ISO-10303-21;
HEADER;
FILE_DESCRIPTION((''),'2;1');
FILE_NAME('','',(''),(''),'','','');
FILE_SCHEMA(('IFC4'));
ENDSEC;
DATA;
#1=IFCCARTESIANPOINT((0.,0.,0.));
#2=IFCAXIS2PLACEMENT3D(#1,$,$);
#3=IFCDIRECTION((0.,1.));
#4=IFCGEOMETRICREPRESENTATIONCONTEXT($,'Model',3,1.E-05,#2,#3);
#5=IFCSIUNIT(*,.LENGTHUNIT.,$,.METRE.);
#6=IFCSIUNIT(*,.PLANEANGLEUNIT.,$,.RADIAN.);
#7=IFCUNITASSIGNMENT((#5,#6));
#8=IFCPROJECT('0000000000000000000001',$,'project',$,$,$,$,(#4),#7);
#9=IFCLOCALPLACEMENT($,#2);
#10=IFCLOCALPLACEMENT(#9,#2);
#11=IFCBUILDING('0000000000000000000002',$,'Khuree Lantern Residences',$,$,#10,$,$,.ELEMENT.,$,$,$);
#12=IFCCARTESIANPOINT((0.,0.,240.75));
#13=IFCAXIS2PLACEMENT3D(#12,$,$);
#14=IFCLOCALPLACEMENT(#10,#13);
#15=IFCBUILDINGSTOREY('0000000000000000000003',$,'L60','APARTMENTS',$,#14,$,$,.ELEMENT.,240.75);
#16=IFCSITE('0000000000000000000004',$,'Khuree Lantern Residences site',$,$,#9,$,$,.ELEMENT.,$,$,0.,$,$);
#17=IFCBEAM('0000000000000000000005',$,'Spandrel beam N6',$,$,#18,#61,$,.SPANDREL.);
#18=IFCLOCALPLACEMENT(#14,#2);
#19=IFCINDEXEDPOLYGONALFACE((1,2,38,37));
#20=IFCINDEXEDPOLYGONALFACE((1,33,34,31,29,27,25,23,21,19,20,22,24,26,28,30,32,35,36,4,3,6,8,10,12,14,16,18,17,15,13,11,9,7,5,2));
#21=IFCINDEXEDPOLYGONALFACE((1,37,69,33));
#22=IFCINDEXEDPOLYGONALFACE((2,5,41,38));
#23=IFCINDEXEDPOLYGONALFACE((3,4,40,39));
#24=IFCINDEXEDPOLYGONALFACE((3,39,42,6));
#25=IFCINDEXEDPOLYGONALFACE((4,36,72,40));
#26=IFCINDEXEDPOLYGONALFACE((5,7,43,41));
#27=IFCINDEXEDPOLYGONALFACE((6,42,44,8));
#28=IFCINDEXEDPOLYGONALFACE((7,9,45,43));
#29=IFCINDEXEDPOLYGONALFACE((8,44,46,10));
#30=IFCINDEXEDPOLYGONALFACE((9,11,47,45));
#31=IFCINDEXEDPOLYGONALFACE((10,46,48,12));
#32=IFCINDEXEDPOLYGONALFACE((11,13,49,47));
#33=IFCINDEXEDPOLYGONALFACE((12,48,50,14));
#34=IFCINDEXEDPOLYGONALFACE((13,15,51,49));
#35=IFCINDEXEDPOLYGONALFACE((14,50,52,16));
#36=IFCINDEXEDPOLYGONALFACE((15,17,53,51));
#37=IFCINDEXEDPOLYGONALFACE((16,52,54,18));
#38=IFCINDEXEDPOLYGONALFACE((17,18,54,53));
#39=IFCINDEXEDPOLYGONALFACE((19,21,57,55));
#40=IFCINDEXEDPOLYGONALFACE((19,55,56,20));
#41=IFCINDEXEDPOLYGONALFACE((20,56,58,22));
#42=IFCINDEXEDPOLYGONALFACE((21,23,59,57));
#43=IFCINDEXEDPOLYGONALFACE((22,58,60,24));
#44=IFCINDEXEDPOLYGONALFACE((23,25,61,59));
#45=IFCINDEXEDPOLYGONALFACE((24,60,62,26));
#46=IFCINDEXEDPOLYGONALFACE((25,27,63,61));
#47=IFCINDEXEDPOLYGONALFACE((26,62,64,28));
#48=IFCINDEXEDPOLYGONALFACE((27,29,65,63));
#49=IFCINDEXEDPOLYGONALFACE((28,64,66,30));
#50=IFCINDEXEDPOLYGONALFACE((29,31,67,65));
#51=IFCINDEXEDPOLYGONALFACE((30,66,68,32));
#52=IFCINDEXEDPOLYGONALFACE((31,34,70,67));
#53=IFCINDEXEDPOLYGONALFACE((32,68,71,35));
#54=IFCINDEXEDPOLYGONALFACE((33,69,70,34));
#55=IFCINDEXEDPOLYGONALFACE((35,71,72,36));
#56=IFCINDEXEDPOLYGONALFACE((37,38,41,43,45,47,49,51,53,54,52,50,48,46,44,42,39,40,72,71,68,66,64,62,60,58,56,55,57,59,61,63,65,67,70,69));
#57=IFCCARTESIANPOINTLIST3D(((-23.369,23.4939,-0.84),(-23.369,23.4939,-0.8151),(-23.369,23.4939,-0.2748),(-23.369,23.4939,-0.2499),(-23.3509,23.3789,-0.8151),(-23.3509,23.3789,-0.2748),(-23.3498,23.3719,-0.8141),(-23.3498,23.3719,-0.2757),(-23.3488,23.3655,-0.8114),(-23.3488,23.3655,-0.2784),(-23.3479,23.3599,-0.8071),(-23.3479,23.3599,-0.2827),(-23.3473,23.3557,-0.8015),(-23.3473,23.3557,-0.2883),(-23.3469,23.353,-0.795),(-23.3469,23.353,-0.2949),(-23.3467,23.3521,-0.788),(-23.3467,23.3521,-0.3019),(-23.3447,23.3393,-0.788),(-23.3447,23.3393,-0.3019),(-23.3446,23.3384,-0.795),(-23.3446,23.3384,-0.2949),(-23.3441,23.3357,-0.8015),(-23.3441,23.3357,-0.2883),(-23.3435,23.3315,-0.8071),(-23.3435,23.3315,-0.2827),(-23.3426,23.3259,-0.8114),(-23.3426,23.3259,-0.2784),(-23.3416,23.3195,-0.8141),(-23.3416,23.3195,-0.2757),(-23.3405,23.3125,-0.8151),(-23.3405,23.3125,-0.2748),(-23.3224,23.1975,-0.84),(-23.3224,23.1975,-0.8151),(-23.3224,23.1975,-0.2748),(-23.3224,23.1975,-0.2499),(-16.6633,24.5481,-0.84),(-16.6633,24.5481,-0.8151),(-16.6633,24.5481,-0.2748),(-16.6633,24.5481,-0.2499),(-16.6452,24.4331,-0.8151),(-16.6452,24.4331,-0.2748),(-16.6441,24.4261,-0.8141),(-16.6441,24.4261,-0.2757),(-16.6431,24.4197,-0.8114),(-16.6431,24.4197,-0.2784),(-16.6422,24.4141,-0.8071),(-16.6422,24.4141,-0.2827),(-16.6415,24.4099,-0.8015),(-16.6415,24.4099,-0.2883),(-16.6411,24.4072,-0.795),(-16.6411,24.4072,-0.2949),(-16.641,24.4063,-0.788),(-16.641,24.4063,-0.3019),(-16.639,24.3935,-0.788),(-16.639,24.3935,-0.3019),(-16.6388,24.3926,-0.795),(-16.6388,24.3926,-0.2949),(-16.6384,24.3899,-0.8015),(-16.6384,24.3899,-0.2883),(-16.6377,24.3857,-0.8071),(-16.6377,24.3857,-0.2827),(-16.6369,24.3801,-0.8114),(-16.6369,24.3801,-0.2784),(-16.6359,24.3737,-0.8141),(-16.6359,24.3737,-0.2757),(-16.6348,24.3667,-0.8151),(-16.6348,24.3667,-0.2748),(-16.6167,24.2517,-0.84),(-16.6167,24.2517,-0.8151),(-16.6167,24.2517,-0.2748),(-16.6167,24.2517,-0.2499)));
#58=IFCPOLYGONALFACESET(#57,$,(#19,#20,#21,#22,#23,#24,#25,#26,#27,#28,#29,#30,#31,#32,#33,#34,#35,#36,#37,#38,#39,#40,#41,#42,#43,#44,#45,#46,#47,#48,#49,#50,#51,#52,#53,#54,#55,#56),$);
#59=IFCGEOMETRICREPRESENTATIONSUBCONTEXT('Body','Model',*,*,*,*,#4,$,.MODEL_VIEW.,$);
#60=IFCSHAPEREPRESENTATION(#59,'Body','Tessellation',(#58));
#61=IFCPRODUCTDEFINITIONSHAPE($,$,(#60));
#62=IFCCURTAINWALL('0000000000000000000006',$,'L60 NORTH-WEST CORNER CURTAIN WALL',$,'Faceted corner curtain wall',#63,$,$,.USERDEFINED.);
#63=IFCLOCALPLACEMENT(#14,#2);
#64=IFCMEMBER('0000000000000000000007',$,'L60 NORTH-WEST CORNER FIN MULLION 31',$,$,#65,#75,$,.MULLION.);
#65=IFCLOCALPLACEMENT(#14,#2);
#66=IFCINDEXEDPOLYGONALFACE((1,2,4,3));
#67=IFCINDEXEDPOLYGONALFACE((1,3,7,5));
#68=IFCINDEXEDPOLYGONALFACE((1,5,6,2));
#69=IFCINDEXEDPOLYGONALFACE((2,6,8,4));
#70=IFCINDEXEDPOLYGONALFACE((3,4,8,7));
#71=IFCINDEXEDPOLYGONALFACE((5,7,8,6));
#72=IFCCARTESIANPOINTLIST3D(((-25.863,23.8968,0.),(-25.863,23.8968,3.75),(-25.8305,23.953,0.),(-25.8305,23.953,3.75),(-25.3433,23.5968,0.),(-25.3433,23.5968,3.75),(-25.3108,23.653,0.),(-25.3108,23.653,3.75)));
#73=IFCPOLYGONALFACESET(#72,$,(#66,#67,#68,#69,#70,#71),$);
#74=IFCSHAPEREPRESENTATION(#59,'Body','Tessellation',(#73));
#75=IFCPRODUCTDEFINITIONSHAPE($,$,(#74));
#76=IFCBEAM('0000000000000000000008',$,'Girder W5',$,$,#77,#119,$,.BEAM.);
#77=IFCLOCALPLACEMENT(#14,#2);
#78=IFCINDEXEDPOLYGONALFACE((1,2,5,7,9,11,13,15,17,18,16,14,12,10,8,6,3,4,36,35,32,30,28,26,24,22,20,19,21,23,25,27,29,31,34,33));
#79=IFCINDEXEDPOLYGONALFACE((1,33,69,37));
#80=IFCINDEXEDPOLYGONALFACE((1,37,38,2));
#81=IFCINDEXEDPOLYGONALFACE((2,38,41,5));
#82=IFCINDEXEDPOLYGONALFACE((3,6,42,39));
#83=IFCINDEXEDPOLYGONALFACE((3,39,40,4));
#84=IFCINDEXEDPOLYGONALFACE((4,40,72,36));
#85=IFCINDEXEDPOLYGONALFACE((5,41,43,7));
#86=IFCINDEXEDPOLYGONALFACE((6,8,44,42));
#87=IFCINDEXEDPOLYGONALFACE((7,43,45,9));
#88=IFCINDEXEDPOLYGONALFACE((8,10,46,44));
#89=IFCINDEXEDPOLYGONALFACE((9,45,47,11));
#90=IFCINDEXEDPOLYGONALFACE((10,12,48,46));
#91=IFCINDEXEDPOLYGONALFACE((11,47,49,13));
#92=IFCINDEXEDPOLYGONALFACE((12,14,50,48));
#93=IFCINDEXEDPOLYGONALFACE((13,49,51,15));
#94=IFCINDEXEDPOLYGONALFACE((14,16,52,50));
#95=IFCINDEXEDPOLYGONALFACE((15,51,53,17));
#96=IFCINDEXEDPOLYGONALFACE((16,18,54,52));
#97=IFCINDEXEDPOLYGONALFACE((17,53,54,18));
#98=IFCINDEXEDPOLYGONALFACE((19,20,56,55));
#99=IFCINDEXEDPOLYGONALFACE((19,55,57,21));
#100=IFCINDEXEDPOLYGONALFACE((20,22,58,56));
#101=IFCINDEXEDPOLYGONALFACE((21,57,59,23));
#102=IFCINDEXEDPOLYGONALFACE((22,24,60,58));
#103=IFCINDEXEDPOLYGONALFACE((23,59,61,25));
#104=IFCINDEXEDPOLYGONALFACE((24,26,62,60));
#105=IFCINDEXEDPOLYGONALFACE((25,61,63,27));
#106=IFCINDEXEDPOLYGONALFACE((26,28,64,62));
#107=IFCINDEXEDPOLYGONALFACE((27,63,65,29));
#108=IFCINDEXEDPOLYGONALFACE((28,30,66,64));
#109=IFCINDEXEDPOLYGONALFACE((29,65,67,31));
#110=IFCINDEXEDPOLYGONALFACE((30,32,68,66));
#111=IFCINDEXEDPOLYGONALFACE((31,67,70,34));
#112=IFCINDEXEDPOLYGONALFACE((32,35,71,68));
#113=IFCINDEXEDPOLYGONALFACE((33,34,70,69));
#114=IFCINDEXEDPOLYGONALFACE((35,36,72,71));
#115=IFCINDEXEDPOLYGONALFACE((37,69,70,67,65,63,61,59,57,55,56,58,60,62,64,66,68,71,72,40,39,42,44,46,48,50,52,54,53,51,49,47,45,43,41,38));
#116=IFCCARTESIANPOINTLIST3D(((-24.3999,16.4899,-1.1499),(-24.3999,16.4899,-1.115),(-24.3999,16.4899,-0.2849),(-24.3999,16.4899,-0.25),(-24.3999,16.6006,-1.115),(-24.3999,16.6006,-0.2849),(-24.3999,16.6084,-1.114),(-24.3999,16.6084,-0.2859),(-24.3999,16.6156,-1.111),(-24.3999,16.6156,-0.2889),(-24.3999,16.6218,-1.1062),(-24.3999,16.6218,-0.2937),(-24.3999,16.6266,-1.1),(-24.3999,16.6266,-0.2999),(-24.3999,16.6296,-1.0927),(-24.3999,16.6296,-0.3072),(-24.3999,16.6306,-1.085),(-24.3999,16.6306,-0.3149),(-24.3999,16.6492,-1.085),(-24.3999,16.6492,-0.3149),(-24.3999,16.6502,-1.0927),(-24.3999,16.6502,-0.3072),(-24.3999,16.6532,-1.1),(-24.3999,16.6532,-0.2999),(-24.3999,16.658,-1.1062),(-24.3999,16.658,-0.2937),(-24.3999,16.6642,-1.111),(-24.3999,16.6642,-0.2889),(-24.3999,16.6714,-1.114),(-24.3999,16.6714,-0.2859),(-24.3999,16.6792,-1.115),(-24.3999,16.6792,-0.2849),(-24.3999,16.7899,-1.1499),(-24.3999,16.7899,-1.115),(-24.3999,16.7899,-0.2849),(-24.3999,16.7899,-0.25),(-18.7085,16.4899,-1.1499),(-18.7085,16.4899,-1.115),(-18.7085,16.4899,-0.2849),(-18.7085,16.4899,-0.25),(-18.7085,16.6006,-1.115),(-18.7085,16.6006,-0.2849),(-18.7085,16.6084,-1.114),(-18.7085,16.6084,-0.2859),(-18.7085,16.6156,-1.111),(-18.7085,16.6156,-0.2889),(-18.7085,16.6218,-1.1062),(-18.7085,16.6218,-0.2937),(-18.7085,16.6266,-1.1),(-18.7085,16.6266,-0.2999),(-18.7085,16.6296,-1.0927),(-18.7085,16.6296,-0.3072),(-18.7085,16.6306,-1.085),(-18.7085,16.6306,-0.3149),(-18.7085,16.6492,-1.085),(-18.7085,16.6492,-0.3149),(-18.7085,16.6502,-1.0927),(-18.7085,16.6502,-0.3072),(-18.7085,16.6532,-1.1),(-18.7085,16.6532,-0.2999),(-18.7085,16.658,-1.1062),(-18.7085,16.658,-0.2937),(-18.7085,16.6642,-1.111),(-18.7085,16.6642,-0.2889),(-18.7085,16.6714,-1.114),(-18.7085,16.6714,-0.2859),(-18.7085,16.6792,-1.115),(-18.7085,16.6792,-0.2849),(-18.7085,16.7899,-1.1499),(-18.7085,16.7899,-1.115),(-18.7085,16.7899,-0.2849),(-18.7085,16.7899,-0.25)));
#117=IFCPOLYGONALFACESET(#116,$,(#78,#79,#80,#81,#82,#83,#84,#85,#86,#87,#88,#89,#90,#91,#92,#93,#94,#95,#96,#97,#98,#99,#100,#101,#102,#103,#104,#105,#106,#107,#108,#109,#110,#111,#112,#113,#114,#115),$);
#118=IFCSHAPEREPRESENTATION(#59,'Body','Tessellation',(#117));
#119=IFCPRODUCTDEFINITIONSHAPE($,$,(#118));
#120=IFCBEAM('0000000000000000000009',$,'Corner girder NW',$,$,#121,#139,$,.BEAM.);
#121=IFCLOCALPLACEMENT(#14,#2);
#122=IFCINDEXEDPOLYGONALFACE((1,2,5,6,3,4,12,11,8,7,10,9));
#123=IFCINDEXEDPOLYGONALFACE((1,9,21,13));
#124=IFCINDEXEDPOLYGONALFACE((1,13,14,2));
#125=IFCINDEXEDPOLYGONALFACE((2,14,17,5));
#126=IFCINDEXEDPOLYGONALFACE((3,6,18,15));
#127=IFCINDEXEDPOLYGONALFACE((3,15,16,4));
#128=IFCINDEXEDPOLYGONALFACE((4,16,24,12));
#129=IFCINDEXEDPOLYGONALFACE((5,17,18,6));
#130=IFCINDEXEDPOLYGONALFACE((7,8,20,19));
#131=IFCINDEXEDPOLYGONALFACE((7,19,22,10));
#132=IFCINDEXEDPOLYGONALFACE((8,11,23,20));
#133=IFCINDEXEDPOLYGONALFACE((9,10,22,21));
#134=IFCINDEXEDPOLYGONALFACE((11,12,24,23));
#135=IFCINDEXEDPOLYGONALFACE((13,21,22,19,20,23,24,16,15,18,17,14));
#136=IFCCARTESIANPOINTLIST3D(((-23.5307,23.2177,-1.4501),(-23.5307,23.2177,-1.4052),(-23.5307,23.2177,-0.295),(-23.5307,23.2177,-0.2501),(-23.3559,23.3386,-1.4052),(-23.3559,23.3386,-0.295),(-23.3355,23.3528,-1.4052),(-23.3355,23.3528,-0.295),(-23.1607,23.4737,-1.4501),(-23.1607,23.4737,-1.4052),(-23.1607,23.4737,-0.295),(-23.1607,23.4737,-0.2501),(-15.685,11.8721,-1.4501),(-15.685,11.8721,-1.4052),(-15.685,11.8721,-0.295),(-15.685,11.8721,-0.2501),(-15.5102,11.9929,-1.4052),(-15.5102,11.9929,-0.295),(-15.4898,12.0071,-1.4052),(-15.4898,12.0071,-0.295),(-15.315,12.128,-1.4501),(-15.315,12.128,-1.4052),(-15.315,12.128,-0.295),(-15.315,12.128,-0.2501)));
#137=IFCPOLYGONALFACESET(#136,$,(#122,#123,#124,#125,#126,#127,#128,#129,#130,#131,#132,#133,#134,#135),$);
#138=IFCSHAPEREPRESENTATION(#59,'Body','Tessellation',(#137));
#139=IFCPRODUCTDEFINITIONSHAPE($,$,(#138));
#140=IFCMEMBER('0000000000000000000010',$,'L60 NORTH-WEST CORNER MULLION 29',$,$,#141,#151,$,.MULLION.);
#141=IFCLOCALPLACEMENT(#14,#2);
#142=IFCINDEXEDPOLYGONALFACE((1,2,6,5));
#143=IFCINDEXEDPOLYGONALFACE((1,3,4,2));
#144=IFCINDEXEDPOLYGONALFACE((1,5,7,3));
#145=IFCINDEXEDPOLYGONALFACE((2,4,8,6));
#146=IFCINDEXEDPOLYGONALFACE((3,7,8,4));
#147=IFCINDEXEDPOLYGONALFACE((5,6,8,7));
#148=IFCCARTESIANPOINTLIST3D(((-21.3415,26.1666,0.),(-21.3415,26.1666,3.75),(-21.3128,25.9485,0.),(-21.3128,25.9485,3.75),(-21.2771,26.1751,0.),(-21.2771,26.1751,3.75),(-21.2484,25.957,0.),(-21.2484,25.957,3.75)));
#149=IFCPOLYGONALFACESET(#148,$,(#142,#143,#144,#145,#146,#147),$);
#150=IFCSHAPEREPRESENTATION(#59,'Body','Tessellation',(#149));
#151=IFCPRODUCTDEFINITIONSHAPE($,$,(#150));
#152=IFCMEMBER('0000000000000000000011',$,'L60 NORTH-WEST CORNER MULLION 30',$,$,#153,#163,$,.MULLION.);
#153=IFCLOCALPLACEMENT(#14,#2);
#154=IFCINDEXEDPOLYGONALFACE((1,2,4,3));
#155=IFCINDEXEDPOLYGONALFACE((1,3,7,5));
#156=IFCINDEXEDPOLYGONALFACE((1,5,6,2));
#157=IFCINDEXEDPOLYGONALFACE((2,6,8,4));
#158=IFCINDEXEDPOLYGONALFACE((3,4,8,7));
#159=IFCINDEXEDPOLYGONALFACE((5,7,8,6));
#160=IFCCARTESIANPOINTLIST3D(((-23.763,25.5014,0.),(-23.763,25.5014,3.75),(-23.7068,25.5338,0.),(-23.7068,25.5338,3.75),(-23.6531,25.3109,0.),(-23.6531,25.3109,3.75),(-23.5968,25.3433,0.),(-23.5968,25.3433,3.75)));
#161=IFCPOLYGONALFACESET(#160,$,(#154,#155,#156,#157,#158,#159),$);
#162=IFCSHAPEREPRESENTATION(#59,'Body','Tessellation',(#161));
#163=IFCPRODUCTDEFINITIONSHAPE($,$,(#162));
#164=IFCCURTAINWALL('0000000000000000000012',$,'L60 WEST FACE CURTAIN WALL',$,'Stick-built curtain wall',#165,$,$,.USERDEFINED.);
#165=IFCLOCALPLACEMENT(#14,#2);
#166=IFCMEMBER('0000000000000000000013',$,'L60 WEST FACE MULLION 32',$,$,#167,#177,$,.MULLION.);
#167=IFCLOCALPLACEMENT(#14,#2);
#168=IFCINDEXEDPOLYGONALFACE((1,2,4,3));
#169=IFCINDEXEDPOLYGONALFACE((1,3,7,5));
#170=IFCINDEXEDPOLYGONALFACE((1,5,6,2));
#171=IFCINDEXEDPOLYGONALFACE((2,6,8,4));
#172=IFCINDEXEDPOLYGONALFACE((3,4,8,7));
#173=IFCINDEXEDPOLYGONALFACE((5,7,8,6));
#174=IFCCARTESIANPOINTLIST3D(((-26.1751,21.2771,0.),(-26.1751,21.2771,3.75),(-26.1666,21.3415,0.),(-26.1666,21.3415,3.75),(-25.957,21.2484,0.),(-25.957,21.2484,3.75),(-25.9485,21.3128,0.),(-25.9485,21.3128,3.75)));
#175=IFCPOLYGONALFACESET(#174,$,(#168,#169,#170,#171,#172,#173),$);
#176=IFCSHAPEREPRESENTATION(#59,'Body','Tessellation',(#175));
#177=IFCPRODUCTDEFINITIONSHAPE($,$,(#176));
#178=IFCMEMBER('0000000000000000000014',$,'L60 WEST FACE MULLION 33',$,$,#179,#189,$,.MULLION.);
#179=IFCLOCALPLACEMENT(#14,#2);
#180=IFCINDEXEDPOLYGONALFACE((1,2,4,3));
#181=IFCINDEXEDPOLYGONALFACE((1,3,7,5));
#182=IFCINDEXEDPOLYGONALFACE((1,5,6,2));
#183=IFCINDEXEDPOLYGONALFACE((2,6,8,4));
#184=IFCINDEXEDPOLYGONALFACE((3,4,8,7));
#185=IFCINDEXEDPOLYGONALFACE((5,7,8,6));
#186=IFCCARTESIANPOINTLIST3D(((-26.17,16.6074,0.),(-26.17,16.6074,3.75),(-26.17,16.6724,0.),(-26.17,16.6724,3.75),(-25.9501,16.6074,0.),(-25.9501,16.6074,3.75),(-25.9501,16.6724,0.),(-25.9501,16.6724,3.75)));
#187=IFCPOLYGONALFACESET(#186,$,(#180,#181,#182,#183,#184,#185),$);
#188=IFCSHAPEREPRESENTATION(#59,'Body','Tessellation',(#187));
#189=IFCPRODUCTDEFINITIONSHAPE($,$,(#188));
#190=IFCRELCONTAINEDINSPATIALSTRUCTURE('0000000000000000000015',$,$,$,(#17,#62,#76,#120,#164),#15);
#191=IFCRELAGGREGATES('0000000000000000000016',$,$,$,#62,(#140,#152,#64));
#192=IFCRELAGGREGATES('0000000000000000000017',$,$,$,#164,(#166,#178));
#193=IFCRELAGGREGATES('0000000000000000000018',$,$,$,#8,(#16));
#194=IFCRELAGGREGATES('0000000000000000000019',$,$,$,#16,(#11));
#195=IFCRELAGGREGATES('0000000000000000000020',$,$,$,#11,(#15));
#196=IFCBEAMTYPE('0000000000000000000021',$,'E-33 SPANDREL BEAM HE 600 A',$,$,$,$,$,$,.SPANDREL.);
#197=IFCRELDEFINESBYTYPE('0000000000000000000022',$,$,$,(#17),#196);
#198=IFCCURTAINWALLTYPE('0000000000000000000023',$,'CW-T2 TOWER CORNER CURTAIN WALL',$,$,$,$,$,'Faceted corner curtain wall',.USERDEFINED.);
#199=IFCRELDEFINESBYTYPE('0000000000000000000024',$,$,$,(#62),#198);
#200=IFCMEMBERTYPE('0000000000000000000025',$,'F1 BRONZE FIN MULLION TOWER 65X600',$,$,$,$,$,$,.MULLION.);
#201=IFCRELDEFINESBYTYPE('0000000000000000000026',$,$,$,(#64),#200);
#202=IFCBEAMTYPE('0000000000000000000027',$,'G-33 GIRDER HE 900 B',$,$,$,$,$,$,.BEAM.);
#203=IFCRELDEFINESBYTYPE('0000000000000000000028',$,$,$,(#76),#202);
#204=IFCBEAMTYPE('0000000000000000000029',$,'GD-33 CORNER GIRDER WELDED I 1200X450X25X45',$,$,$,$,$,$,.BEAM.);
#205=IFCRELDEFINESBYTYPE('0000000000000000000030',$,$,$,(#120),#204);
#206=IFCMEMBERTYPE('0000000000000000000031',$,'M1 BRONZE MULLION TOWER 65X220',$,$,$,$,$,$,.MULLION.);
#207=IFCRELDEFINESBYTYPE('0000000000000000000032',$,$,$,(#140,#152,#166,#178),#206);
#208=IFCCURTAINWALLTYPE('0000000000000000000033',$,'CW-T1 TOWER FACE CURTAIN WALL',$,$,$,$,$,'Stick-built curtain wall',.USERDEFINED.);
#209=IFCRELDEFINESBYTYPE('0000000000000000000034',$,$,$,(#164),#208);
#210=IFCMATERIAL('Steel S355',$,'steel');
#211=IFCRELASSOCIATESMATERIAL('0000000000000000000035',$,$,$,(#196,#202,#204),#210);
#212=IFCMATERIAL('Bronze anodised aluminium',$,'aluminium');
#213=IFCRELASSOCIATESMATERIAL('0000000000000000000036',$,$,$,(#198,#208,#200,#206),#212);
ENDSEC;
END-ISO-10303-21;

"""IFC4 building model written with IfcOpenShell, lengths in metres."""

from ifc_helpers import new_model, si_unit, direction, frame, origin, origin_2d, place, context, subcontext, project, spatial, rectangle, i_section, extrude, material, material_profile, profile_set, type_object, element, aggregate, save


model = new_model("IFC4")

# Units and contexts
model_context = context("Model", 3, precision=1e-05, world=origin(), true_north=direction((0.0, 1.0)))
body_context = subcontext(model_context, "Body", "Model", "MODEL_VIEW")
ifc_project = project(units=[si_unit("LENGTHUNIT", "METRE"), si_unit("PLANEANGLEUNIT", "RADIAN")], contexts=[model_context])

# Site, building, storey
site_placement = place(None, origin())
site = spatial("IfcSite", under=ifc_project, at=site_placement, Name="Khuree Lantern Residences site", CompositionType="ELEMENT", RefElevation=0.0)
building_placement = place(site_placement, origin())
building = spatial("IfcBuilding", under=site, at=building_placement, Name="Khuree Lantern Residences", CompositionType="ELEMENT")
storey_placement = place(building_placement, frame((0.0, 0.0, 240.75)))
storey = spatial("IfcBuildingStorey", under=building, at=storey_placement, Name="L60", Description="APARTMENTS", CompositionType="ELEMENT", Elevation=240.75)

# Beam
ifc_material_1 = material(Name="Steel S355", Category="steel")
ifc_material_profile_1 = material_profile(ifc_material_1, i_section(OverallWidth=0.3, OverallDepth=0.5901, WebThickness=0.0129, FlangeThickness=0.0249, FilletRadius=0.0271, at=origin_2d()), Name="HE 600 A")
ifc_profile_set_1 = profile_set([ifc_material_profile_1], Name="Steel S355")
beam_type_1 = type_object("IfcBeamType", Name="E-33 SPANDREL BEAM HE 600 A", PredefinedType="SPANDREL", material=ifc_profile_set_1)
for number, where, z_axis, x_axis, name in (
    (1, (-23.3457, 23.3457, -0.5449), (0.987867, 0.1553, 0.0), (-0.1553, 0.987867, 0.0), "Spandrel beam N6"),
):
    element("IfcBeam", number, at=place(storey_placement, frame(where, z_axis=z_axis, x_axis=x_axis)), inside=storey, type_object=beam_type_1, Name=name, PredefinedType="SPANDREL", context=body_context, shape_type="SweptSolid", body=[
        extrude(i_section(OverallWidth=0.3, OverallDepth=0.5901, WebThickness=0.0129, FlangeThickness=0.0249, FilletRadius=0.0271, at=origin_2d()), origin(), (0.0, 0.0, 1.0), 6.7881),
    ])

# Curtain wall, member
ifc_material_2 = material(Name="Bronze anodised aluminium", Category="aluminium")
curtain_wall_type_1 = type_object("IfcCurtainWallType", Name="CW-T2 TOWER CORNER CURTAIN WALL", ElementType="Faceted corner curtain wall", PredefinedType="USERDEFINED", material=ifc_material_2)
curtain_wall_1_placement = place(storey_placement, origin())
curtain_wall_1 = element("IfcCurtainWall", 2, at=curtain_wall_1_placement, inside=storey, type_object=curtain_wall_type_1, Name="L60 NORTH-WEST CORNER CURTAIN WALL", ObjectType="Faceted corner curtain wall", PredefinedType="USERDEFINED")
ifc_material_profile_2 = material_profile(ifc_material_2, rectangle(XDim=0.0649, YDim=0.6001, at=origin_2d()), Name="F1 65X600")
ifc_profile_set_2 = profile_set([ifc_material_profile_2], Name="Bronze anodised aluminium")
member_type_1 = type_object("IfcMemberType", Name="F1 BRONZE FIN MULLION TOWER 65X600", PredefinedType="MULLION", material=ifc_profile_set_2)
member_1_placement = place(storey_placement, frame((-25.5869, 23.7749, 0.0), z_axis=(0.0, 0.0, 1.0), x_axis=(-0.5, -0.866025, 0.0)))
member_1 = element("IfcMember", 3, at=member_1_placement, type_object=member_type_1, Name="L60 NORTH-WEST CORNER FIN MULLION 31", PredefinedType="MULLION", context=body_context, shape_type="SweptSolid", body=[
    extrude(rectangle(XDim=0.0649, YDim=0.6001, at=origin_2d()), origin(), (0.0, 0.0, 1.0), 3.75),
])

# Beams
ifc_material_profile_3 = material_profile(ifc_material_1, i_section(OverallWidth=0.3, OverallDepth=0.8999, WebThickness=0.0186, FlangeThickness=0.0349, FilletRadius=0.03, at=origin_2d()), Name="HE 900 B")
ifc_profile_set_3 = profile_set([ifc_material_profile_3], Name="Steel S355")
beam_type_2 = type_object("IfcBeamType", Name="G-33 GIRDER HE 900 B", PredefinedType="BEAM", material=ifc_profile_set_3)
beam_1_placement = place(storey_placement, frame((-24.3999, 16.6399, -0.7), z_axis=(1.0, 0.0, 0.0), x_axis=(0.0, 1.0, 0.0)))
element("IfcBeam", 4, at=beam_1_placement, inside=storey, type_object=beam_type_2, Name="Girder W5", PredefinedType="BEAM", context=body_context, shape_type="SweptSolid", body=[
    extrude(i_section(OverallWidth=0.3, OverallDepth=0.8999, WebThickness=0.0186, FlangeThickness=0.0349, FilletRadius=0.03, at=origin_2d()), origin(), (0.0, 0.0, 1.0), 5.6914),
])
ifc_material_profile_4 = material_profile(ifc_material_1, i_section(OverallWidth=0.45, OverallDepth=1.2, WebThickness=0.0249, FlangeThickness=0.0449, at=origin_2d()), Name="WELDED I 1200X450X25X45")
ifc_profile_set_4 = profile_set([ifc_material_profile_4], Name="Steel S355")
beam_type_3 = type_object("IfcBeamType", Name="GD-33 CORNER GIRDER WELDED I 1200X450X25X45", PredefinedType="BEAM", material=ifc_profile_set_4)
beam_2_placement = place(storey_placement, frame((-23.3457, 23.3457, -0.8501), z_axis=(0.568768, -0.822498, 0.0), x_axis=(0.822498, 0.568768, 0.0)))
element("IfcBeam", 5, at=beam_2_placement, inside=storey, type_object=beam_type_3, Name="Corner girder NW", PredefinedType="BEAM", context=body_context, shape_type="SweptSolid", body=[
    extrude(i_section(OverallWidth=0.45, OverallDepth=1.2, WebThickness=0.0249, FlangeThickness=0.0449, at=origin_2d()), origin(), (0.0, 0.0, 1.0), 13.7942),
])

# Members
ifc_material_profile_5 = material_profile(ifc_material_2, rectangle(XDim=0.0649, YDim=0.22, at=origin_2d()), Name="M1 65X220")
ifc_profile_set_5 = profile_set([ifc_material_profile_5], Name="Bronze anodised aluminium")
member_type_2 = type_object("IfcMemberType", Name="M1 BRONZE MULLION TOWER 65X220", PredefinedType="MULLION", material=ifc_profile_set_5)
member_2_placement = place(storey_placement, frame((-21.2949, 26.0618, 0.0), z_axis=(0.0, 0.0, 1.0), x_axis=(-0.991445, -0.130526, 0.0)))
member_2 = element("IfcMember", 6, at=member_2_placement, type_object=member_type_2, Name="L60 NORTH-WEST CORNER MULLION 29", PredefinedType="MULLION", context=body_context, shape_type="SweptSolid", body=[
    extrude(rectangle(XDim=0.0649, YDim=0.22, at=origin_2d()), origin(), (0.0, 0.0, 1.0), 3.75),
])
member_3_placement = place(storey_placement, frame((-23.6799, 25.4224, 0.0), z_axis=(0.0, 0.0, 1.0), x_axis=(-0.866025, -0.5, 0.0)))
member_3 = element("IfcMember", 7, at=member_3_placement, type_object=member_type_2, Name="L60 NORTH-WEST CORNER MULLION 30", PredefinedType="MULLION", context=body_context, shape_type="SweptSolid", body=[
    extrude(rectangle(XDim=0.0649, YDim=0.22, at=origin_2d()), origin(), (0.0, 0.0, 1.0), 3.75),
])

# Curtain wall, members
curtain_wall_type_2 = type_object("IfcCurtainWallType", Name="CW-T1 TOWER FACE CURTAIN WALL", ElementType="Stick-built curtain wall", PredefinedType="USERDEFINED", material=ifc_material_2)
curtain_wall_2_placement = place(storey_placement, origin())
curtain_wall_2 = element("IfcCurtainWall", 8, at=curtain_wall_2_placement, inside=storey, type_object=curtain_wall_type_2, Name="L60 WEST FACE CURTAIN WALL", ObjectType="Stick-built curtain wall", PredefinedType="USERDEFINED")
member_4_placement = place(storey_placement, frame((-26.0618, 21.2949, 0.0), z_axis=(0.0, 0.0, 1.0), x_axis=(-0.130526, -0.991445, 0.0)))
member_4 = element("IfcMember", 9, at=member_4_placement, type_object=member_type_2, Name="L60 WEST FACE MULLION 32", PredefinedType="MULLION", context=body_context, shape_type="SweptSolid", body=[
    extrude(rectangle(XDim=0.0649, YDim=0.22, at=origin_2d()), origin(), (0.0, 0.0, 1.0), 3.75),
])
member_5_placement = place(storey_placement, frame((-26.0601, 16.6399, 0.0), z_axis=(0.0, 0.0, 1.0), x_axis=(0.0, -1.0, 0.0)))
member_5 = element("IfcMember", 10, at=member_5_placement, type_object=member_type_2, Name="L60 WEST FACE MULLION 33", PredefinedType="MULLION", context=body_context, shape_type="SweptSolid", body=[
    extrude(rectangle(XDim=0.0649, YDim=0.22, at=origin_2d()), origin(), (0.0, 0.0, 1.0), 3.75),
])

aggregate(curtain_wall_1, [member_2, member_3, member_1])

aggregate(curtain_wall_2, [member_4, member_5])

save(model, "model.ifc")
